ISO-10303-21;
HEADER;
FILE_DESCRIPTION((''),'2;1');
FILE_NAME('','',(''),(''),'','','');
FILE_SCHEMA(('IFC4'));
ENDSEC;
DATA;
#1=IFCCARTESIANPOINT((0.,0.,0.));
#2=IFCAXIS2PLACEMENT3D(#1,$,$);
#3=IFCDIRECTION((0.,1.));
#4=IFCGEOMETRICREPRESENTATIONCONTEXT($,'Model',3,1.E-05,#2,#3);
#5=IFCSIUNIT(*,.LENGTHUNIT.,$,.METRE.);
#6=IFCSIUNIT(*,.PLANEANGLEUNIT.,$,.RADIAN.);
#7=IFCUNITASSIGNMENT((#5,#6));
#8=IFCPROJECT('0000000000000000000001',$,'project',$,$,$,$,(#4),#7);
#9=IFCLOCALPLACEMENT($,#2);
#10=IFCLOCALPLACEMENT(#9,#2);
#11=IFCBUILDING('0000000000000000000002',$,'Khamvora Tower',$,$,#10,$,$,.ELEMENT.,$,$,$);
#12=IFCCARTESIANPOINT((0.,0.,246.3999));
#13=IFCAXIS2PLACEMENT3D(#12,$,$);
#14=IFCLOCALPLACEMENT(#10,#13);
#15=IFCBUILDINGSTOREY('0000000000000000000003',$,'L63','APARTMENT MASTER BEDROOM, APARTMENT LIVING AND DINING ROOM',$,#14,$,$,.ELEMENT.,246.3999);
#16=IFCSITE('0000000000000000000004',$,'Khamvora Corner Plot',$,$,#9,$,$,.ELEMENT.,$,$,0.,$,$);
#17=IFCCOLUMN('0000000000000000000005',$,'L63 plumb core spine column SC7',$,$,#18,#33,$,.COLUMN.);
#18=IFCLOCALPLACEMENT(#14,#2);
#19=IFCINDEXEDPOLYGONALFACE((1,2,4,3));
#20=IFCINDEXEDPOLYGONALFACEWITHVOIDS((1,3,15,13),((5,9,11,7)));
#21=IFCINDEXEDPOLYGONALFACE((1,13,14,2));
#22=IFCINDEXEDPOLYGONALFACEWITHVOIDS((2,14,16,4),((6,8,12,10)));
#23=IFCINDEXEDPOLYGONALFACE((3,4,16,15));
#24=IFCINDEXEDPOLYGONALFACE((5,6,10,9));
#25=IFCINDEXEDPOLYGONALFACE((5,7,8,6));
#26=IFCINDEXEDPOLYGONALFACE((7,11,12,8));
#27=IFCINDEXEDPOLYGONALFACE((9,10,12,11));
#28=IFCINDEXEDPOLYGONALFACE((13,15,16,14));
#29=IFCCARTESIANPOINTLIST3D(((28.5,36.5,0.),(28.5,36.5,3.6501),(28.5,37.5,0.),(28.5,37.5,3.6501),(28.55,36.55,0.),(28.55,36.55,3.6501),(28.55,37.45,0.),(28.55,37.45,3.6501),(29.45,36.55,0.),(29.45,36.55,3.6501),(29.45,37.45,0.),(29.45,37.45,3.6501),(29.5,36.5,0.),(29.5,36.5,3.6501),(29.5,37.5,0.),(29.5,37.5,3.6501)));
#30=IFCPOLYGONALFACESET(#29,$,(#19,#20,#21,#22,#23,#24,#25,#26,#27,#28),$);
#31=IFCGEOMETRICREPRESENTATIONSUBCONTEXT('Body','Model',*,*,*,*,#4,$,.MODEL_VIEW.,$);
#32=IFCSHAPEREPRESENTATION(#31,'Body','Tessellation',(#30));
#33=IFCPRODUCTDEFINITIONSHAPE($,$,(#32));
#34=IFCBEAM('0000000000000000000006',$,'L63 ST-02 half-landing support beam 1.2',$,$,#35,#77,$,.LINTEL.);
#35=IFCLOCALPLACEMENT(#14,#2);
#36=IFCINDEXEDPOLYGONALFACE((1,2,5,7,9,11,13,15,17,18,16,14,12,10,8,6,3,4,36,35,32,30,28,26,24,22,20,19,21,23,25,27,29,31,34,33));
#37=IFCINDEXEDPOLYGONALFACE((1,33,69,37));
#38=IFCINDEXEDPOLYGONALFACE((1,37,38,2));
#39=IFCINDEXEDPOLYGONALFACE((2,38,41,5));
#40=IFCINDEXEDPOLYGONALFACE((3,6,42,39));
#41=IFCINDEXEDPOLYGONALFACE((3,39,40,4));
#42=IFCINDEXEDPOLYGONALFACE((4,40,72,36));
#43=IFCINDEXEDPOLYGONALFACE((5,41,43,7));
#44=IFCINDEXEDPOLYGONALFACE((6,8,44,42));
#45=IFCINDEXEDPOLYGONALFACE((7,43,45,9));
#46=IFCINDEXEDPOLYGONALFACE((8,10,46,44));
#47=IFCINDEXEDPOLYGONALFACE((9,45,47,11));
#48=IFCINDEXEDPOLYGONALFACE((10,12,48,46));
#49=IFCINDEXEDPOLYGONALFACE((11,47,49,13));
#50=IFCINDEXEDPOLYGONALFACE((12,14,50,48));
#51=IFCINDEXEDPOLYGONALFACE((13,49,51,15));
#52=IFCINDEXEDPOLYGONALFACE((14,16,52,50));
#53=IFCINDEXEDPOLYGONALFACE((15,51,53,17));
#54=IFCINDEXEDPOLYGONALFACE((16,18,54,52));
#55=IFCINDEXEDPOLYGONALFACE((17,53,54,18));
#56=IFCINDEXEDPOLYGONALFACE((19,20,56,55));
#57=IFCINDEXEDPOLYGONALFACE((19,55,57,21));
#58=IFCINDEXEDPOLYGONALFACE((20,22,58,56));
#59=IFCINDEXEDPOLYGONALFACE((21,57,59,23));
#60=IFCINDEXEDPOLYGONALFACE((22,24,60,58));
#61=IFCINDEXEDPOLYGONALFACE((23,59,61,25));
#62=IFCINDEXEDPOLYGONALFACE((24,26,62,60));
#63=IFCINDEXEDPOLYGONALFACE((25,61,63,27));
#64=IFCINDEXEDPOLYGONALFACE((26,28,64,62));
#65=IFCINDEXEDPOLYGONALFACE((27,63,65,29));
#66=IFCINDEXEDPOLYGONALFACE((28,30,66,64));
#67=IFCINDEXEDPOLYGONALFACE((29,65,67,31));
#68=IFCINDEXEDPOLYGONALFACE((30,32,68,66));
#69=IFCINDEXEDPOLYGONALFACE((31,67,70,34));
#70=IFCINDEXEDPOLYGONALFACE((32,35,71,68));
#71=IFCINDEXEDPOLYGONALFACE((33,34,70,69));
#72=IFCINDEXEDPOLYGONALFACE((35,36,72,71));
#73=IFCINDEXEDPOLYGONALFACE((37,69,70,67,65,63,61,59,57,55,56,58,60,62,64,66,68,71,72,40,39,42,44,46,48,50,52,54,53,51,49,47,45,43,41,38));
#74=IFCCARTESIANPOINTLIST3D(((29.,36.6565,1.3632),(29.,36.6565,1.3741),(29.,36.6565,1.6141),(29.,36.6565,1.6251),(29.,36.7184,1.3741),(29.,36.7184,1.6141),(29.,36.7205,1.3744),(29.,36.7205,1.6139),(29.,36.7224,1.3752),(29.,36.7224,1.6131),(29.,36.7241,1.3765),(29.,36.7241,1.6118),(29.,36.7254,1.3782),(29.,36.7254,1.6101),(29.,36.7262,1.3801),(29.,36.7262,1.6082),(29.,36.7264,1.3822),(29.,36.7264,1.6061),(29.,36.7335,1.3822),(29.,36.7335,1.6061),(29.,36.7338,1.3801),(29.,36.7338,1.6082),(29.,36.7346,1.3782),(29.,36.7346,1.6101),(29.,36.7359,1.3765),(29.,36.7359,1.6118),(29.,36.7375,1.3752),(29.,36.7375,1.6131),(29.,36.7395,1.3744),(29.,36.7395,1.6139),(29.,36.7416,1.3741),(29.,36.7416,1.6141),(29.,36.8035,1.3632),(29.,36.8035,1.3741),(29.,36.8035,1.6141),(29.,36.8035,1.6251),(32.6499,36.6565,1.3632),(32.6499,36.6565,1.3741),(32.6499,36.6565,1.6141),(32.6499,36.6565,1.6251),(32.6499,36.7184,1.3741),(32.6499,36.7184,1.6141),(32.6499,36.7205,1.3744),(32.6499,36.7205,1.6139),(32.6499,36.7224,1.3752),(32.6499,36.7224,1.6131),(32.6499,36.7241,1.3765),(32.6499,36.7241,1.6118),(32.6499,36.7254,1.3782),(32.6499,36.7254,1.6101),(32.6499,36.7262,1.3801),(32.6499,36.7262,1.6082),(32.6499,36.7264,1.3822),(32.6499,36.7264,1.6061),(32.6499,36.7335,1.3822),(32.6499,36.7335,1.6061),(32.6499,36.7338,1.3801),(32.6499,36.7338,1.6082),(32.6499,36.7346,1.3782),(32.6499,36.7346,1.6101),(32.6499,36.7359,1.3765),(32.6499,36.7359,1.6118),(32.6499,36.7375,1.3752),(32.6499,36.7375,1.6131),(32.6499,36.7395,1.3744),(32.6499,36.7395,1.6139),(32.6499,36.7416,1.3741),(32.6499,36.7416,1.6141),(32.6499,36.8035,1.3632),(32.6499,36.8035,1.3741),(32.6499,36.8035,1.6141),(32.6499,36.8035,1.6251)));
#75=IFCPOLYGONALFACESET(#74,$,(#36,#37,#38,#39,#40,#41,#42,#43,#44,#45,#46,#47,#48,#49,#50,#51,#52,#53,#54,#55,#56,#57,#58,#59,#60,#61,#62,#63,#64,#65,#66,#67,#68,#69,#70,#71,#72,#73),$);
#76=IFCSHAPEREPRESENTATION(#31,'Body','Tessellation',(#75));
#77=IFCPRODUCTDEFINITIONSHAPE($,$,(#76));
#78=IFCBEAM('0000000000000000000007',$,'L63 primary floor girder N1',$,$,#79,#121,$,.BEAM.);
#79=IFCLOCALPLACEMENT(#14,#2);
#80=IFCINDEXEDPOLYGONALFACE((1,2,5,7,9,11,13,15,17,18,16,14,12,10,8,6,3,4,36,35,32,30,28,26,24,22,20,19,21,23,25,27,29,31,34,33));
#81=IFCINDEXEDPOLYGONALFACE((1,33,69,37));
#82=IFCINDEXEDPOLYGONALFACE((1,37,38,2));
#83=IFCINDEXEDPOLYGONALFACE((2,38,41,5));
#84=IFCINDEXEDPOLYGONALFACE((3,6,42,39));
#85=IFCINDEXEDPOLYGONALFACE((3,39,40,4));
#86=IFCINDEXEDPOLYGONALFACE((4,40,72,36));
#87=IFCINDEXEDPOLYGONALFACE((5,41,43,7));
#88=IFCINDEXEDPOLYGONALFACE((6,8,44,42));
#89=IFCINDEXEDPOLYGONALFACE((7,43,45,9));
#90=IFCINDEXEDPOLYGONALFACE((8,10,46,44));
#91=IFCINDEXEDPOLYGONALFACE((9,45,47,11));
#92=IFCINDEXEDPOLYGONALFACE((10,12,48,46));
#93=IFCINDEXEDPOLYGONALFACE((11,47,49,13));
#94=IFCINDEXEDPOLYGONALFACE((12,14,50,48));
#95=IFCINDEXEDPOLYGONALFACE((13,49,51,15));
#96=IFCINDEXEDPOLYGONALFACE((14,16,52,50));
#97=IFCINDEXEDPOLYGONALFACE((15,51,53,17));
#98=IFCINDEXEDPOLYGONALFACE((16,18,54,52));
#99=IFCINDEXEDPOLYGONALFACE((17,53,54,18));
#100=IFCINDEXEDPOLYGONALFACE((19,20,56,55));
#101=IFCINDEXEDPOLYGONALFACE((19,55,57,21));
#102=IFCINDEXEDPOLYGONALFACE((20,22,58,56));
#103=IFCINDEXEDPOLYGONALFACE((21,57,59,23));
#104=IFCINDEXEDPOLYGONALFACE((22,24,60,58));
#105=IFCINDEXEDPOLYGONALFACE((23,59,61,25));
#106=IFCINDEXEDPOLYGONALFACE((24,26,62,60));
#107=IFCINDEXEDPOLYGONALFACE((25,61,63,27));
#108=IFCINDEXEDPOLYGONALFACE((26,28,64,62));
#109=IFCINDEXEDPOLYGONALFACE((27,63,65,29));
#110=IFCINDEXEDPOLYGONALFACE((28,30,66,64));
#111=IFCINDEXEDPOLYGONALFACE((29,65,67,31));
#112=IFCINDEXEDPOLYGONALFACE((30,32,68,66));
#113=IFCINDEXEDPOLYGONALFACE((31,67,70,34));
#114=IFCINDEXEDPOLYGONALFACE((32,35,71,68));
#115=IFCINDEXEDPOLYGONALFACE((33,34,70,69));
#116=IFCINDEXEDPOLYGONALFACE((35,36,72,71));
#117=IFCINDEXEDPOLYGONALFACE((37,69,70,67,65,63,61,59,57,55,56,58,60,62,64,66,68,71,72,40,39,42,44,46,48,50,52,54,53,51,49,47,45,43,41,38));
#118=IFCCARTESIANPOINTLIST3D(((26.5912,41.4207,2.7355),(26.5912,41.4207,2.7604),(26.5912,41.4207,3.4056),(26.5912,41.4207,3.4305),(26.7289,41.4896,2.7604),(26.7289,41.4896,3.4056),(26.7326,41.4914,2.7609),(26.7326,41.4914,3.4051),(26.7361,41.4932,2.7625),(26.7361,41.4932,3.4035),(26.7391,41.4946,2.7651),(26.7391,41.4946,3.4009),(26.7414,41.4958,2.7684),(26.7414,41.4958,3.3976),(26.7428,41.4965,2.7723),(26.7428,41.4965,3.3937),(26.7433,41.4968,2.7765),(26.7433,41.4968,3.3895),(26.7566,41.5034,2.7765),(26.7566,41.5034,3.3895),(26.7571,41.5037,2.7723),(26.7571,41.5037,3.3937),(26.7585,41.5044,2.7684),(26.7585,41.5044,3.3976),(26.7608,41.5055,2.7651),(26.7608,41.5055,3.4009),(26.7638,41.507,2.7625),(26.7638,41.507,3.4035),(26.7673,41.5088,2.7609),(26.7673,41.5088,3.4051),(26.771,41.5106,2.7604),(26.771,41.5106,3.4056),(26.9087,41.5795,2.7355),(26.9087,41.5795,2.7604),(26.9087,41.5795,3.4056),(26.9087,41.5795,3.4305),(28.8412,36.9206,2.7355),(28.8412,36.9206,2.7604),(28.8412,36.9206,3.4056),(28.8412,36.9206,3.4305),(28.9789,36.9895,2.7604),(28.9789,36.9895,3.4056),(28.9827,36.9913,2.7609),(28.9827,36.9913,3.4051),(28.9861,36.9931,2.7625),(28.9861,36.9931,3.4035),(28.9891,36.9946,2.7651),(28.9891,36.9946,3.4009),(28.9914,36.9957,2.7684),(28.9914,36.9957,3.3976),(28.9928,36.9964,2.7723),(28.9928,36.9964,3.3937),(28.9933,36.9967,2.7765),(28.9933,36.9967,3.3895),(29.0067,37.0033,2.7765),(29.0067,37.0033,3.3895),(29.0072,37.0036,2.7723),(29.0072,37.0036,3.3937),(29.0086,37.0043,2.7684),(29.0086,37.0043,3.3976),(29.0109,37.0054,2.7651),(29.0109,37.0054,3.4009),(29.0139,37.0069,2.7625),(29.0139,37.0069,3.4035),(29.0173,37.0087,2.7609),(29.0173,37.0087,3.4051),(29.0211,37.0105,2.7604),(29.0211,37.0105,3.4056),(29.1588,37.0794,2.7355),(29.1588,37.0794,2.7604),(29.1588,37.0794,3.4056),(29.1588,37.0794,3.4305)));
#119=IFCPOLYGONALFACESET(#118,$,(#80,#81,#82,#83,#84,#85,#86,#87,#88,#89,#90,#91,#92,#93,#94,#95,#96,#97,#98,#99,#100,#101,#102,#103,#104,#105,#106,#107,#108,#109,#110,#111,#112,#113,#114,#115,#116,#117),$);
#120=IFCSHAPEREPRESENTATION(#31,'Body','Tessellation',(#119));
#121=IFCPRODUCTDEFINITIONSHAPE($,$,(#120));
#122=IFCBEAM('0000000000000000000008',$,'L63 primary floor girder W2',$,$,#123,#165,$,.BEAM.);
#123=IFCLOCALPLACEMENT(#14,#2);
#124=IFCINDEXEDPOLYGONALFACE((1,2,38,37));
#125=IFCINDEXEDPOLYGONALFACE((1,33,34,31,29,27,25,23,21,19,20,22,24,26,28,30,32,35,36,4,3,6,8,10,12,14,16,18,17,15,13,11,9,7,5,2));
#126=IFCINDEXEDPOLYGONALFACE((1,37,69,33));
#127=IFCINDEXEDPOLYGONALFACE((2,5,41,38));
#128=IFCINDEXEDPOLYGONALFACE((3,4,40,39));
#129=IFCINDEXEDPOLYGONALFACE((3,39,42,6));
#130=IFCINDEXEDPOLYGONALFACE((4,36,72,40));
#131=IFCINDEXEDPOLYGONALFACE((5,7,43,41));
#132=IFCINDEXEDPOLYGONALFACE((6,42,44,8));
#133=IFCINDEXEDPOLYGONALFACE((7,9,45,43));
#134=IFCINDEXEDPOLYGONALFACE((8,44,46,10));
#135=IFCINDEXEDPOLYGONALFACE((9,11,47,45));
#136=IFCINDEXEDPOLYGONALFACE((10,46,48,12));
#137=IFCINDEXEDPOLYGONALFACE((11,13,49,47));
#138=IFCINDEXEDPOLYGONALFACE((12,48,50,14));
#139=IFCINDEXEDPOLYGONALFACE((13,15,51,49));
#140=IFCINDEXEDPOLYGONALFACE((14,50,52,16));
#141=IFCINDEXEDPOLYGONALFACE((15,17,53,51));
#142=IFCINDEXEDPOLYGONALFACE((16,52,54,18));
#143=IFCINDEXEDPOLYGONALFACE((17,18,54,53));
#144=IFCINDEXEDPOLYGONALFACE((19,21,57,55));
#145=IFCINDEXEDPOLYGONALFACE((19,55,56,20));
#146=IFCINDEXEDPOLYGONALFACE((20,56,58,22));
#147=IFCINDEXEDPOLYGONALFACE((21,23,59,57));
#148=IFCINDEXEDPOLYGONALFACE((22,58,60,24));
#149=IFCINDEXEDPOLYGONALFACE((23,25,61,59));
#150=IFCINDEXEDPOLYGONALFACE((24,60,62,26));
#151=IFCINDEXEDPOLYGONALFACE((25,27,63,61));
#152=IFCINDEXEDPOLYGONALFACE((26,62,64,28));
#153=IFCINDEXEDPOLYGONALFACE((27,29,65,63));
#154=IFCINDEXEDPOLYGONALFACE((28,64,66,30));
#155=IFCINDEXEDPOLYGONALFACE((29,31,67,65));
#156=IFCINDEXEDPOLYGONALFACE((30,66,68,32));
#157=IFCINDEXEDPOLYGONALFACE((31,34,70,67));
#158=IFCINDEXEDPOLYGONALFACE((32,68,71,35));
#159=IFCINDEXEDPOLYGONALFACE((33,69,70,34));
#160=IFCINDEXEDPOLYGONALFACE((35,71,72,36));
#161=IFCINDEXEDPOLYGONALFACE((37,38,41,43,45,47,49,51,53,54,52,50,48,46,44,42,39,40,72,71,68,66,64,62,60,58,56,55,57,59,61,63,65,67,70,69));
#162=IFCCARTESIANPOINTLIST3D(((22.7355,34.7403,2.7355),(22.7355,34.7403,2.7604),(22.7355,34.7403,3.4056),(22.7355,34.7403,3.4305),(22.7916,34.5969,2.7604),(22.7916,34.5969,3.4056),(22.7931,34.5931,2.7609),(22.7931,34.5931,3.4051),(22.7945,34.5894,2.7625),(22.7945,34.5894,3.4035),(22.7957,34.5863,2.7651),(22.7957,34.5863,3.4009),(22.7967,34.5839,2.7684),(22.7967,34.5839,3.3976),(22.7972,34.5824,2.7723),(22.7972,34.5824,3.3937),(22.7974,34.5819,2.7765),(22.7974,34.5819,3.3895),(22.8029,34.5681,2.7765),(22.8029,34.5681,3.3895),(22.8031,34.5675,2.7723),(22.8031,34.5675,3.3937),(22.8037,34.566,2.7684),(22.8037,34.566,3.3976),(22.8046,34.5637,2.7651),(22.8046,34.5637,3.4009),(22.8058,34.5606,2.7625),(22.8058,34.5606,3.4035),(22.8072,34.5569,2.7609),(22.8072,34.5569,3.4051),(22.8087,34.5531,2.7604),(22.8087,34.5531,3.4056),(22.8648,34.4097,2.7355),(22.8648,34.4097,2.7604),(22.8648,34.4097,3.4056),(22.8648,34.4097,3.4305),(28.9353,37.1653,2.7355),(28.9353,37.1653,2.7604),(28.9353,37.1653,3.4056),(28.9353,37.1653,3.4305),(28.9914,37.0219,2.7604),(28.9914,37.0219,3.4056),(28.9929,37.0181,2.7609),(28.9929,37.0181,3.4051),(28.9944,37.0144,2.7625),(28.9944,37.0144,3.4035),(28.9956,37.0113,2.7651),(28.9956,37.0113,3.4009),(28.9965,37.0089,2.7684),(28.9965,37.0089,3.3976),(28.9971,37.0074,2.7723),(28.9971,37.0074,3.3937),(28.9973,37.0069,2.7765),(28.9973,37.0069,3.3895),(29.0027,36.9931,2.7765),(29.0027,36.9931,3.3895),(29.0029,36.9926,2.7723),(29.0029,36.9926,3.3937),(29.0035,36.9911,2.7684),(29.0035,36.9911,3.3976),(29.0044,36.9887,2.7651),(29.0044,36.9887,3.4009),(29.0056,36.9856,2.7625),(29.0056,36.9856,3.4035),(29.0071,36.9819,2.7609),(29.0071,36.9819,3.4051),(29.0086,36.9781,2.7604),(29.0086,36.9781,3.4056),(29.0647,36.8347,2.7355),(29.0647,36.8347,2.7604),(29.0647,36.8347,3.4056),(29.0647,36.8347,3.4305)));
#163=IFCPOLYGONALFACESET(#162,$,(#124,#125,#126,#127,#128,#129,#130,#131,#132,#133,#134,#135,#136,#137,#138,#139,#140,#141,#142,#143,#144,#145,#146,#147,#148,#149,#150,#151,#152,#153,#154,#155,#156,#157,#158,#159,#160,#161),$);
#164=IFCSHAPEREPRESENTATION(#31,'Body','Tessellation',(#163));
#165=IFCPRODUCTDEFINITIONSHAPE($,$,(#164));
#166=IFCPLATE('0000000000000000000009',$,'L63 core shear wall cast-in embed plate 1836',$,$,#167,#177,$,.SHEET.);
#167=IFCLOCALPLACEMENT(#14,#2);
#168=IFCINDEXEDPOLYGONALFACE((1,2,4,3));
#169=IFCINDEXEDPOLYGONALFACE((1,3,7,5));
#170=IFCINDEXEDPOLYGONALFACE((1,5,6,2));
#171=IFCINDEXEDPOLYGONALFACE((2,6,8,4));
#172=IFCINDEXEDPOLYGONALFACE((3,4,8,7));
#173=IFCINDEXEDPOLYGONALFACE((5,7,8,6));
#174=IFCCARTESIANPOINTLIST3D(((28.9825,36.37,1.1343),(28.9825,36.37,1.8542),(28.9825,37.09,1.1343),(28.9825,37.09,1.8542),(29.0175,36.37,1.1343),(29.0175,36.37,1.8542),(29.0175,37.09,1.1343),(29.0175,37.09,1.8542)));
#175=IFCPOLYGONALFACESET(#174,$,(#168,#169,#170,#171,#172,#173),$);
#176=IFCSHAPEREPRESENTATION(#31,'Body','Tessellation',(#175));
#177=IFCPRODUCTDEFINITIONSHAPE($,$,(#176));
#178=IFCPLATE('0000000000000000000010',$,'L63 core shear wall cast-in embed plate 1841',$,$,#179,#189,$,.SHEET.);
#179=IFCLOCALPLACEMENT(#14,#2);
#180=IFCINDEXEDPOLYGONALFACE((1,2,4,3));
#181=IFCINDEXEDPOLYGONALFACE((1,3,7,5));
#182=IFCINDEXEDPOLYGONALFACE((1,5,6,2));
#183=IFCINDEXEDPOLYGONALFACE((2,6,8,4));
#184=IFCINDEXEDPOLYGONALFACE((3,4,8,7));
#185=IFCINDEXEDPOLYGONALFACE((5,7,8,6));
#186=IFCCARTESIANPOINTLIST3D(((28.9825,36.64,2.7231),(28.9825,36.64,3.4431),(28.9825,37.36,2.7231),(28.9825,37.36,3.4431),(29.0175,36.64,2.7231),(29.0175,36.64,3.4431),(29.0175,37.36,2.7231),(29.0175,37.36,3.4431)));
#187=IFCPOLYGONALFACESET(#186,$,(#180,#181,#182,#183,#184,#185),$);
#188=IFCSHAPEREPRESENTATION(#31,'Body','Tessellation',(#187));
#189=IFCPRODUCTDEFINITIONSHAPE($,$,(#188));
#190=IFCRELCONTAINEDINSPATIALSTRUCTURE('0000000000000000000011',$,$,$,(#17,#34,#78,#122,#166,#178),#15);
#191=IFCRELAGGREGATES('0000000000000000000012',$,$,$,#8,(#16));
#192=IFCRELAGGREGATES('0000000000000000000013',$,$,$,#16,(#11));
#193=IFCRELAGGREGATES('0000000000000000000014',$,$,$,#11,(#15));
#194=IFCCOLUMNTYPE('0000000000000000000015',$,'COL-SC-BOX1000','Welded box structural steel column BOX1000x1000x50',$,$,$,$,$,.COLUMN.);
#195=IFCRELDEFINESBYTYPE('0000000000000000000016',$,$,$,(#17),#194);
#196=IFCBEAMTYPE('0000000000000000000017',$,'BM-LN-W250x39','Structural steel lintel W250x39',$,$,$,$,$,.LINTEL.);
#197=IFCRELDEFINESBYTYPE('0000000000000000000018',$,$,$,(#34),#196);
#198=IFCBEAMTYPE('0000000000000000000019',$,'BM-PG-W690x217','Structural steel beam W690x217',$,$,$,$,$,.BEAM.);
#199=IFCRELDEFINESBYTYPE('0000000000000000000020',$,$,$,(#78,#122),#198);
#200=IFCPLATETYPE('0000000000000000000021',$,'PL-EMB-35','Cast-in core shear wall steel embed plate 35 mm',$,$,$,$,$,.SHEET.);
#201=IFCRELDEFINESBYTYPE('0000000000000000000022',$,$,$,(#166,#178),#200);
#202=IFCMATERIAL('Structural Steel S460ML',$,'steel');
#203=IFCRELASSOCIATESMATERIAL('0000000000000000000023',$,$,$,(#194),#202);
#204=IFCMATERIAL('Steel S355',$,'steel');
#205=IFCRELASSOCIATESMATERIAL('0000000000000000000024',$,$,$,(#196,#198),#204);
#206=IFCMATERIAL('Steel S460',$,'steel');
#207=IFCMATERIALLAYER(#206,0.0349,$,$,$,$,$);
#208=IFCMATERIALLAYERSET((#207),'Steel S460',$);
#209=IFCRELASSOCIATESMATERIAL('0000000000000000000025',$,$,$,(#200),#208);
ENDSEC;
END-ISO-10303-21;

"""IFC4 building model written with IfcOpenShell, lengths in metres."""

from ifc_helpers import new_model, si_unit, direction, frame, origin, origin_2d, place, context, subcontext, project, spatial, rectangle, hollow_rectangle, i_section, extrude, material, layer, layer_set, material_profile, profile_set, type_object, element, save


model = new_model("IFC4")

# Units and contexts
model_context = context("Model", 3, precision=1e-05, world=origin(), true_north=direction((0.0, 1.0)))
body_context = subcontext(model_context, "Body", "Model", "MODEL_VIEW")
ifc_project = project(units=[si_unit("LENGTHUNIT", "METRE"), si_unit("PLANEANGLEUNIT", "RADIAN")], contexts=[model_context])

# Site, building, storey
site_placement = place(None, origin())
site = spatial("IfcSite", under=ifc_project, at=site_placement, Name="Khamvora Corner Plot", CompositionType="ELEMENT", RefElevation=0.0)
building_placement = place(site_placement, origin())
building = spatial("IfcBuilding", under=site, at=building_placement, Name="Khamvora Tower", CompositionType="ELEMENT")
storey_placement = place(building_placement, frame((0.0, 0.0, 246.3999)))
storey = spatial("IfcBuildingStorey", under=building, at=storey_placement, Name="L63", Description="APARTMENT MASTER BEDROOM, APARTMENT LIVING AND DINING ROOM", CompositionType="ELEMENT", Elevation=246.3999)

# Column
ifc_material_1 = material(Name="Structural Steel S460ML", Category="steel")
ifc_material_profile_1 = material_profile(ifc_material_1, hollow_rectangle(XDim=1.0, YDim=1.0, WallThickness=0.05, at=origin_2d()), Name="BOX1000x1000x50")
ifc_profile_set_1 = profile_set([ifc_material_profile_1], Name="Structural Steel S460ML")
column_type = type_object("IfcColumnType", Name="COL-SC-BOX1000", Description="Welded box structural steel column BOX1000x1000x50", PredefinedType="COLUMN", material=ifc_profile_set_1)
column_placement = place(storey_placement, frame((29.0, 37.0, 0.0), z_axis=(0.0, 0.0, 1.0), x_axis=(1.0, 0.0, 0.0)))
element("IfcColumn", 1, at=column_placement, inside=storey, type_object=column_type, Name="L63 plumb core spine column SC7", PredefinedType="COLUMN", context=body_context, shape_type="SweptSolid", body=[
    extrude(hollow_rectangle(XDim=1.0, YDim=1.0, WallThickness=0.05, at=origin_2d()), origin(), (0.0, 0.0, 1.0), 3.6501),
])

# Beams
ifc_material_2 = material(Name="Steel S355", Category="steel")
ifc_material_profile_2 = material_profile(ifc_material_2, i_section(OverallWidth=0.147, OverallDepth=0.262, WebThickness=0.0071, FlangeThickness=0.011, FilletRadius=0.0081, at=origin_2d()), Name="W250x39")
ifc_profile_set_2 = profile_set([ifc_material_profile_2], Name="Steel S355")
beam_type_1 = type_object("IfcBeamType", Name="BM-LN-W250x39", Description="Structural steel lintel W250x39", PredefinedType="LINTEL", material=ifc_profile_set_2)
beam_1_placement = place(storey_placement, frame((29.0, 36.73, 1.4941), z_axis=(1.0, 0.0, 0.0), x_axis=(0.0, 1.0, 0.0)))
element("IfcBeam", 2, at=beam_1_placement, inside=storey, type_object=beam_type_1, Name="L63 ST-02 half-landing support beam 1.2", PredefinedType="LINTEL", context=body_context, shape_type="SweptSolid", body=[
    extrude(i_section(OverallWidth=0.147, OverallDepth=0.262, WebThickness=0.0071, FlangeThickness=0.011, FilletRadius=0.0081, at=origin_2d()), origin(), (0.0, 0.0, 1.0), 3.6499),
])
ifc_material_profile_3 = material_profile(ifc_material_2, i_section(OverallWidth=0.355, OverallDepth=0.6951, WebThickness=0.0149, FlangeThickness=0.0249, FilletRadius=0.0161, at=origin_2d()), Name="W690x217")
ifc_profile_set_3 = profile_set([ifc_material_profile_3], Name="Steel S355")
beam_type_2 = type_object("IfcBeamType", Name="BM-PG-W690x217", Description="Structural steel beam W690x217", PredefinedType="BEAM", material=ifc_profile_set_3)
beam_2_placement = place(storey_placement, frame((29.0, 37.0, 3.083), z_axis=(-0.447214, 0.894427, 0.0), x_axis=(-0.894427, -0.447214, 0.0)))
element("IfcBeam", 3, at=beam_2_placement, inside=storey, type_object=beam_type_2, Name="L63 primary floor girder N1", PredefinedType="BEAM", context=body_context, shape_type="SweptSolid", body=[
    extrude(i_section(OverallWidth=0.355, OverallDepth=0.6951, WebThickness=0.0149, FlangeThickness=0.0249, FilletRadius=0.0161, at=origin_2d()), origin(), (0.0, 0.0, 1.0), 5.0312),
])
beam_3_placement = place(storey_placement, frame((29.0, 37.0, 3.083), z_axis=(-0.931295, -0.364267, 0.0), x_axis=(0.364267, -0.931295, 0.0)))
element("IfcBeam", 4, at=beam_3_placement, inside=storey, type_object=beam_type_2, Name="L63 primary floor girder W2", PredefinedType="BEAM", context=body_context, shape_type="SweptSolid", body=[
    extrude(i_section(OverallWidth=0.355, OverallDepth=0.6951, WebThickness=0.0149, FlangeThickness=0.0249, FilletRadius=0.0161, at=origin_2d()), origin(), (0.0, 0.0, 1.0), 6.6572),
])

# Plates
ifc_material_3 = material(Name="Steel S460", Category="steel")
ifc_layer_1 = layer(ifc_material_3, 0.0349)
ifc_layer_set_1 = layer_set([ifc_layer_1], Name="Steel S460")
plate_type = type_object("IfcPlateType", Name="PL-EMB-35", Description="Cast-in core shear wall steel embed plate 35 mm", PredefinedType="SHEET", material=ifc_layer_set_1)
for number, where, z_axis, x_axis, name in (
    (5, (29.0, 36.73, 1.1343), (0.0, 0.0, 1.0), (1.0, 0.0, 0.0), "L63 core shear wall cast-in embed plate 1836"),
    (6, (29.0, 37.0, 2.7231), (0.0, 0.0, 1.0), (1.0, 0.0, 0.0), "L63 core shear wall cast-in embed plate 1841"),
):
    element("IfcPlate", number, at=place(storey_placement, frame(where, z_axis=z_axis, x_axis=x_axis)), inside=storey, type_object=plate_type, Name=name, PredefinedType="SHEET", context=body_context, shape_type="SweptSolid", body=[
        extrude(rectangle(XDim=0.0349, YDim=0.72, at=origin_2d()), origin(), (0.0, 0.0, 1.0), 0.72),
    ])

save(model, "model.ifc")
